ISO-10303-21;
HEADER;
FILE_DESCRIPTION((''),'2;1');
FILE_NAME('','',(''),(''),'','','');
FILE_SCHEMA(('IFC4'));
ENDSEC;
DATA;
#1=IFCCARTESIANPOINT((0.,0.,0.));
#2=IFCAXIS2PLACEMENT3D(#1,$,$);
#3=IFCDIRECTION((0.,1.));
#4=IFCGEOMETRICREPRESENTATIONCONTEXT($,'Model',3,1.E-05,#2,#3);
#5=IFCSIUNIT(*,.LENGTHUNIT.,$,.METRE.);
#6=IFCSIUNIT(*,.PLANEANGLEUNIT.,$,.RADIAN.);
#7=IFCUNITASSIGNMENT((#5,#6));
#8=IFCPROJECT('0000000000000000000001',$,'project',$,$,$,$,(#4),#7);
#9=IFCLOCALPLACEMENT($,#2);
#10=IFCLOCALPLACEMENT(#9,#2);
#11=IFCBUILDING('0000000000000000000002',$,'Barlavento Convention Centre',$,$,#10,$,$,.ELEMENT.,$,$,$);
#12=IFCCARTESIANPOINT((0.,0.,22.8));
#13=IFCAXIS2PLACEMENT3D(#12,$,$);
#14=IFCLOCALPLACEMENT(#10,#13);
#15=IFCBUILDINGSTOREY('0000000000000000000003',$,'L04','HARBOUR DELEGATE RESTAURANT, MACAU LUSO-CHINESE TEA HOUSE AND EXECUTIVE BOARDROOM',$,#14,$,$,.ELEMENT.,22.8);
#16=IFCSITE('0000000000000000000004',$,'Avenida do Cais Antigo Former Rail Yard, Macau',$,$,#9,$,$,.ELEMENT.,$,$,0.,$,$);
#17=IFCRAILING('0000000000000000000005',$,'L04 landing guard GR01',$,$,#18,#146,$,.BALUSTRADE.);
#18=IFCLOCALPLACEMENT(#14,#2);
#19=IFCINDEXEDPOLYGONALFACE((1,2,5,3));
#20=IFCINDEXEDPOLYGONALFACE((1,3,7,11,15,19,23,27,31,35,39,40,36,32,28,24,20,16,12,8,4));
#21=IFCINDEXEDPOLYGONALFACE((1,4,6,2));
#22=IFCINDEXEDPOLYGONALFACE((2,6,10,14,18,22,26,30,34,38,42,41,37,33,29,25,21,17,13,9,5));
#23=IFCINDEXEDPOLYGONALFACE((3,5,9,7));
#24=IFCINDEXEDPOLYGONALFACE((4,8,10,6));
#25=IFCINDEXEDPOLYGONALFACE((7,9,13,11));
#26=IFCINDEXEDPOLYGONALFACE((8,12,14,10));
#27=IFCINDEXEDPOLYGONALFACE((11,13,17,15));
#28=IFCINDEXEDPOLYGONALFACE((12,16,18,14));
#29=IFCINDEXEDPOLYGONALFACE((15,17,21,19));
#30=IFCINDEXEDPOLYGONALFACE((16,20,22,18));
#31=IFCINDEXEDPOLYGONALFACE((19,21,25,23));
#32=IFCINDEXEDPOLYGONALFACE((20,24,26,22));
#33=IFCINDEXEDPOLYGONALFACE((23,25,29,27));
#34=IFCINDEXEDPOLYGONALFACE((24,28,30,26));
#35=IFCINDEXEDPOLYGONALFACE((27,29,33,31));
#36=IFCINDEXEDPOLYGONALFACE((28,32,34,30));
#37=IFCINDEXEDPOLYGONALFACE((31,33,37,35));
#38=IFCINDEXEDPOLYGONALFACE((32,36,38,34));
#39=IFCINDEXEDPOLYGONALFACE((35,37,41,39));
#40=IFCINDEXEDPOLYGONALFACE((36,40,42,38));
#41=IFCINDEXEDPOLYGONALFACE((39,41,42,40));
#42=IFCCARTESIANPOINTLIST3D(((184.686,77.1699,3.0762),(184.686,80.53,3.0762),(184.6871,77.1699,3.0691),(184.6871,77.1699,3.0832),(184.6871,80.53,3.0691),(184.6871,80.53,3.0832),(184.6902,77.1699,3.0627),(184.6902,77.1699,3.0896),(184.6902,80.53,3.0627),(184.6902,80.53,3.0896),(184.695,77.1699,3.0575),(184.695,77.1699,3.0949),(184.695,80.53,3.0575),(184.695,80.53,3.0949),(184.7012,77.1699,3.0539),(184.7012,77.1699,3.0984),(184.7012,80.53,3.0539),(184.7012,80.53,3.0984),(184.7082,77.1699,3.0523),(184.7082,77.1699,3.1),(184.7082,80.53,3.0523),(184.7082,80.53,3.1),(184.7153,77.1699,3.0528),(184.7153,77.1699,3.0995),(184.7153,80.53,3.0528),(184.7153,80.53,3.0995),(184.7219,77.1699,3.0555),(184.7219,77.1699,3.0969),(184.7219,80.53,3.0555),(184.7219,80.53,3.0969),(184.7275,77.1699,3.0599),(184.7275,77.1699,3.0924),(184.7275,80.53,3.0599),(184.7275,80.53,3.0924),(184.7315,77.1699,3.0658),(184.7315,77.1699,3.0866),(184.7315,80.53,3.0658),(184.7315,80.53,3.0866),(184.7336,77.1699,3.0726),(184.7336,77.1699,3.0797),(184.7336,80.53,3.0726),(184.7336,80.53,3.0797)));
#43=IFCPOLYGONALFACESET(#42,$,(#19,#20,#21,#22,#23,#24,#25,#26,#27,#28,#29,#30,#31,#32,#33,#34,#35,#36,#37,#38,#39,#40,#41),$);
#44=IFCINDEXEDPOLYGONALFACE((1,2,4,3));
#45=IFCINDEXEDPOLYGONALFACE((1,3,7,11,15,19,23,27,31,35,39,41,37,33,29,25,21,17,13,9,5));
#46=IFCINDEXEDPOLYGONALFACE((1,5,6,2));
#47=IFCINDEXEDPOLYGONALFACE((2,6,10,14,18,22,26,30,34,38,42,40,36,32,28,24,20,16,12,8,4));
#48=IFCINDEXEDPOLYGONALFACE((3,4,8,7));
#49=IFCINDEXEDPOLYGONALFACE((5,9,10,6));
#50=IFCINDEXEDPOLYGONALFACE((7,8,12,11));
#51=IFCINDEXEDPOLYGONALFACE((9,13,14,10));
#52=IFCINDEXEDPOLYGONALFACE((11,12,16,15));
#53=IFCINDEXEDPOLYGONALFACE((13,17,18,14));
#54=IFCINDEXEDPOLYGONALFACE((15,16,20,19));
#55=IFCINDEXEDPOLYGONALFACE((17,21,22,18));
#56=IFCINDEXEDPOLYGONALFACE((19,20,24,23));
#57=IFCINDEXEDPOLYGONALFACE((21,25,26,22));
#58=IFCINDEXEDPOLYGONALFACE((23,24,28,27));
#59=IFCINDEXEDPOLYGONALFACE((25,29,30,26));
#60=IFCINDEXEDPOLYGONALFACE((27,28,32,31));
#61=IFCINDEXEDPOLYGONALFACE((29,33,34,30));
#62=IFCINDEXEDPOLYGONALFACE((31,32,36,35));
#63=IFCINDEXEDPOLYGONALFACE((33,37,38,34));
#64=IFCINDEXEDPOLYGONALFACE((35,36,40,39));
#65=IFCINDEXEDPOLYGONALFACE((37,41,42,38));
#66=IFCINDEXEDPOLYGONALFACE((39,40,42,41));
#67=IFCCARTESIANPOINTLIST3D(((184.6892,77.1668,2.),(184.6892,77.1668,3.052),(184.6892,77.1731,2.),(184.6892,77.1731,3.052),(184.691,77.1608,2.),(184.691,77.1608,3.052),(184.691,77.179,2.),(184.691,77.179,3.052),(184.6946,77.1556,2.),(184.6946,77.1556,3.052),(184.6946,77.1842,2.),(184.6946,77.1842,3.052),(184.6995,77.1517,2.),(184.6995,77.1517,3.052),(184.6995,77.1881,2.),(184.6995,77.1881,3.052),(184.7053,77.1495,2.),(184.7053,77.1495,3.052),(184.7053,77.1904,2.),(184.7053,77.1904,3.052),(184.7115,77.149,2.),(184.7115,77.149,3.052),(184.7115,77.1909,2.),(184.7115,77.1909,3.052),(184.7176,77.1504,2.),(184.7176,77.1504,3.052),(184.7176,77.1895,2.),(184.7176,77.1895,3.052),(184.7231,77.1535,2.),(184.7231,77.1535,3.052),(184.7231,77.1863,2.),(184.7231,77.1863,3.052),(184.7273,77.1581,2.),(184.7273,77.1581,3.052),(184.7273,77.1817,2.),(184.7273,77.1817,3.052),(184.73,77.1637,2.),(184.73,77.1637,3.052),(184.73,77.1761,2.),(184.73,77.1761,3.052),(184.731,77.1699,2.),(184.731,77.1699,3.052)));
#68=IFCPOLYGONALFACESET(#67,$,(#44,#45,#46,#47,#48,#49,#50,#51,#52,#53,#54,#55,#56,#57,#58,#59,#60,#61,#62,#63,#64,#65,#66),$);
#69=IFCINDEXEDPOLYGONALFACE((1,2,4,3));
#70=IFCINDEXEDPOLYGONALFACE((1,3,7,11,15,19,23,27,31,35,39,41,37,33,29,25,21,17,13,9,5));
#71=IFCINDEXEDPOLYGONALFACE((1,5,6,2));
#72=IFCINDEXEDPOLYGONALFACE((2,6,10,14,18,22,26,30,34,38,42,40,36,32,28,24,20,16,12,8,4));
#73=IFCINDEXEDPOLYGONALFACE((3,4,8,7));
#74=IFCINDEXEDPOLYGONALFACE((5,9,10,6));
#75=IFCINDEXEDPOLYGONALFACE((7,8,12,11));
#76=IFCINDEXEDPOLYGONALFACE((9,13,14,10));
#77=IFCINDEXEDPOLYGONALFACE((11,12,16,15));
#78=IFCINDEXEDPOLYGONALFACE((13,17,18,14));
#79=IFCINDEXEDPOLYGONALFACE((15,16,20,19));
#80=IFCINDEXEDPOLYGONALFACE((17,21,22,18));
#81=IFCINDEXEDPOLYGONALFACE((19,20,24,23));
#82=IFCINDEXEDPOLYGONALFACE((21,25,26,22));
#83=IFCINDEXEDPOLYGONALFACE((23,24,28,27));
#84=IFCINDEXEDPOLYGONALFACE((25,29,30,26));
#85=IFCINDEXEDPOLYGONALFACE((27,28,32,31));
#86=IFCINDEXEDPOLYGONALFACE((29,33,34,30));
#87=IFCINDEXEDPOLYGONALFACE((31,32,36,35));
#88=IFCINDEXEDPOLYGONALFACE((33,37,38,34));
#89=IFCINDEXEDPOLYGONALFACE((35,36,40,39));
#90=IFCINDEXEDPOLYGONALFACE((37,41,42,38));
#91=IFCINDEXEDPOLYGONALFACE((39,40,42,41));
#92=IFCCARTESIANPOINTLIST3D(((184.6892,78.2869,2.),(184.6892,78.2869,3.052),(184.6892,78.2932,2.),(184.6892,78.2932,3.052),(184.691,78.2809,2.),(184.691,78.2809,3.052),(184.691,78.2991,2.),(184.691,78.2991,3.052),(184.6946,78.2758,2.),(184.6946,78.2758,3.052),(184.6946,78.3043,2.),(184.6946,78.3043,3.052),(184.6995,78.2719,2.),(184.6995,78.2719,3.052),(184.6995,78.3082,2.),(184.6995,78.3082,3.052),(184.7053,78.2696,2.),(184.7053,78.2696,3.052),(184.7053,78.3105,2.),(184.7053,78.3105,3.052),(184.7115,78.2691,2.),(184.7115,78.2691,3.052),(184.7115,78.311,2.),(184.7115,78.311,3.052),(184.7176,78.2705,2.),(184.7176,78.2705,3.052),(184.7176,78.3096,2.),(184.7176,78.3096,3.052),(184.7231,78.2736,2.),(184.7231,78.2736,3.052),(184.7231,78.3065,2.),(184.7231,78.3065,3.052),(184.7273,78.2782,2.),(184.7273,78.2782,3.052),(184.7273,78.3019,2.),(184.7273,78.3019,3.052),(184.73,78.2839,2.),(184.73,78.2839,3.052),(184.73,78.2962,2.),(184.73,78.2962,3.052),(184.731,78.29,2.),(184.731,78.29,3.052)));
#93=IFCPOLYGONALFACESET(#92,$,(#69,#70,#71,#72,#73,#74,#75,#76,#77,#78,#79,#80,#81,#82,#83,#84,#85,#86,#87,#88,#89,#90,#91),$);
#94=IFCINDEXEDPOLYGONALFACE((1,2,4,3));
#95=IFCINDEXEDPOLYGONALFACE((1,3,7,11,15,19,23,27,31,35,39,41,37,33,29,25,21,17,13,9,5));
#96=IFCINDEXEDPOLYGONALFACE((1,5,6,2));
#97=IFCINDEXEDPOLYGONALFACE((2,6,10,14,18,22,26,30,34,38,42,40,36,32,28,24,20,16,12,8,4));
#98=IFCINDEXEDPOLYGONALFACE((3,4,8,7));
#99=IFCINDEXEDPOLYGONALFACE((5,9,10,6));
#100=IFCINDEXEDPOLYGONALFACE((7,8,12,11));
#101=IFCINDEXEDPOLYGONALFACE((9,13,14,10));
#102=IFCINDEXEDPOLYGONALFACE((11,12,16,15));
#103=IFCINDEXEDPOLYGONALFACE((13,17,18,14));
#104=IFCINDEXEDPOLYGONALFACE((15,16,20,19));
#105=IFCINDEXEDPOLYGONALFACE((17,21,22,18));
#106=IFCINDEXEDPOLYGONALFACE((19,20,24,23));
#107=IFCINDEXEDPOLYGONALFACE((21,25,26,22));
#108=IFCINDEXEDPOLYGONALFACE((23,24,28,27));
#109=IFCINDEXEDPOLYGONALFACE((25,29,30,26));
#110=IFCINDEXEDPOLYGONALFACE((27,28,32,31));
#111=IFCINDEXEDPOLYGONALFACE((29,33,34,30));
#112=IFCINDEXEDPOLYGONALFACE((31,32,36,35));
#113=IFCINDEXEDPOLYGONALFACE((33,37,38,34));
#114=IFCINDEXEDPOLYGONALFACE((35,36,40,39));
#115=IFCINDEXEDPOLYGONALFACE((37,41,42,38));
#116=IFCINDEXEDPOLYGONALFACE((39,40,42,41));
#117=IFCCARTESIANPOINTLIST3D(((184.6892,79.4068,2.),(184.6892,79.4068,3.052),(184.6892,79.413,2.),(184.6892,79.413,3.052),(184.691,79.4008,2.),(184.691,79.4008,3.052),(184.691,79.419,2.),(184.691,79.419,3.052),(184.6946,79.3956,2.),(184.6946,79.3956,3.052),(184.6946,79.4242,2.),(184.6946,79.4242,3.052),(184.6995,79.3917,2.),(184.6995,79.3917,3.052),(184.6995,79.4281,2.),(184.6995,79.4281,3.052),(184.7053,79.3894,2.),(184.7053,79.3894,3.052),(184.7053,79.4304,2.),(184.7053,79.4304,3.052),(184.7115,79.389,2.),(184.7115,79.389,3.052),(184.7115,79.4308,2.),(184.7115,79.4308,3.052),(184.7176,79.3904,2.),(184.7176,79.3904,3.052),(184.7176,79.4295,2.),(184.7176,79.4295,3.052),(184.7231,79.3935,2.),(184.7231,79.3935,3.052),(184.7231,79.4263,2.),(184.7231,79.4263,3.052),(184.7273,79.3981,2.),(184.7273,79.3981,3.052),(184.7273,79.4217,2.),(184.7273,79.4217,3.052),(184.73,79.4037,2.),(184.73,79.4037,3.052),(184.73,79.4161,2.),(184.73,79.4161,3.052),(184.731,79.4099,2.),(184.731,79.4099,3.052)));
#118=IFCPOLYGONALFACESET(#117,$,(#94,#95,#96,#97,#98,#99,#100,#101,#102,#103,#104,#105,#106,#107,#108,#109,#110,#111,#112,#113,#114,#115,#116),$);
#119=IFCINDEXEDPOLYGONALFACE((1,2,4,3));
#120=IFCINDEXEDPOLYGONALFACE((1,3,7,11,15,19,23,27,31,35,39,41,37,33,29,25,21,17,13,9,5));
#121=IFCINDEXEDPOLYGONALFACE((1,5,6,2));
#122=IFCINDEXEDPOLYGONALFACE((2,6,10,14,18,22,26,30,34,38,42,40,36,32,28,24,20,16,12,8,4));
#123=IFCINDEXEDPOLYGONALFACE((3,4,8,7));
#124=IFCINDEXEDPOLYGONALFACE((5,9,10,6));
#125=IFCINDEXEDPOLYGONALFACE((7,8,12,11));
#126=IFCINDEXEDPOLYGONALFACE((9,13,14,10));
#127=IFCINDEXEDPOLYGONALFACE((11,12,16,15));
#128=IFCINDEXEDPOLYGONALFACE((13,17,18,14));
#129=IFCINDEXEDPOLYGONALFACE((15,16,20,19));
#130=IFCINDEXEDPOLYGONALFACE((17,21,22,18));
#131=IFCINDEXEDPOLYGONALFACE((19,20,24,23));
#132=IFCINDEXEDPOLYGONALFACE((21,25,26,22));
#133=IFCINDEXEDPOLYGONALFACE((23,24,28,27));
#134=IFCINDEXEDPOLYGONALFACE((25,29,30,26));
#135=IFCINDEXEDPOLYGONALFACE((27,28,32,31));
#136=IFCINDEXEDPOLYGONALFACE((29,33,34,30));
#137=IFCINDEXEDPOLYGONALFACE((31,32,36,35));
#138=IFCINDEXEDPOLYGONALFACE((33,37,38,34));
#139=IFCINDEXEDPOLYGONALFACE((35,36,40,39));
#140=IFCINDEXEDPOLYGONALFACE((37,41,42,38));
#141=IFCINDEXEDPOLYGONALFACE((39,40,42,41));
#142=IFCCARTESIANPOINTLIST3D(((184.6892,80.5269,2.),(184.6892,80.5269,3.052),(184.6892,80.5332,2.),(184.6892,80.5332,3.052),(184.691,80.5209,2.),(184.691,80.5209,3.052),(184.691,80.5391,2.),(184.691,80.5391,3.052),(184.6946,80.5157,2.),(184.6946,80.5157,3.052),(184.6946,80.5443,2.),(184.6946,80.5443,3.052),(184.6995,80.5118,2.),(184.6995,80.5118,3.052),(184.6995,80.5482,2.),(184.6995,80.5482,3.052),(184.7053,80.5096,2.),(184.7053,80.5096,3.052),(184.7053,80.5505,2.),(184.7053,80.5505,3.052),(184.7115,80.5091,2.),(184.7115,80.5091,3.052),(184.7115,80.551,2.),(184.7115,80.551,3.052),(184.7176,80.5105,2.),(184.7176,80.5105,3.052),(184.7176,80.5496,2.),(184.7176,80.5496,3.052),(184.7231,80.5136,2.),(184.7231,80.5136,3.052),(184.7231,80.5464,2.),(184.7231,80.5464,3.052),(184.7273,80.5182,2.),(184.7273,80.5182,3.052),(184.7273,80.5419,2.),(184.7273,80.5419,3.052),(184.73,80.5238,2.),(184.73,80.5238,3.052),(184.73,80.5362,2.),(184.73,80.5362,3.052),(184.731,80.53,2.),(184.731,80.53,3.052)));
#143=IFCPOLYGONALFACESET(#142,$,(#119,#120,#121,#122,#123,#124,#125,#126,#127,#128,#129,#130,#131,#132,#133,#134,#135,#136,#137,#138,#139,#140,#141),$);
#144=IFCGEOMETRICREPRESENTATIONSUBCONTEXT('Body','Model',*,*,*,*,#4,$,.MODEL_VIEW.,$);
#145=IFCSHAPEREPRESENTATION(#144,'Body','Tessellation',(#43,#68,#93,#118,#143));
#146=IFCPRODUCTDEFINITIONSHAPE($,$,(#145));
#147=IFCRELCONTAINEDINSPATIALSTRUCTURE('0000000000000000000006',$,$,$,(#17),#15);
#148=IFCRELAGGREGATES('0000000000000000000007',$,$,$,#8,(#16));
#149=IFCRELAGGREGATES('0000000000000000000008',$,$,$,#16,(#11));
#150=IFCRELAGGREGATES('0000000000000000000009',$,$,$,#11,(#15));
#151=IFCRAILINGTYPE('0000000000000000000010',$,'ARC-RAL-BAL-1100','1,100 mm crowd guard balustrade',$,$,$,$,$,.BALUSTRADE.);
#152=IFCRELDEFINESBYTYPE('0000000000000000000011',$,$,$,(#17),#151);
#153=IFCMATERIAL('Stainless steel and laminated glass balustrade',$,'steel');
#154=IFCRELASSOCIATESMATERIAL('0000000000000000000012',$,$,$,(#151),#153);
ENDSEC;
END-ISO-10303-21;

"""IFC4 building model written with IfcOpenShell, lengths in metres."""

from ifc_helpers import new_model, si_unit, direction, frame, origin, origin_2d, place, context, subcontext, project, spatial, circle, extrude, material, type_object, element, save


model = new_model("IFC4")

# Units and contexts
model_context = context("Model", 3, precision=1e-05, world=origin(), true_north=direction((0.0, 1.0)))
body_context = subcontext(model_context, "Body", "Model", "MODEL_VIEW")
ifc_project = project(units=[si_unit("LENGTHUNIT", "METRE"), si_unit("PLANEANGLEUNIT", "RADIAN")], contexts=[model_context])

# Site, building, storey
site_placement = place(None, origin())
site = spatial("IfcSite", under=ifc_project, at=site_placement, Name="Avenida do Cais Antigo Former Rail Yard, Macau", CompositionType="ELEMENT", RefElevation=0.0)
building_placement = place(site_placement, origin())
building = spatial("IfcBuilding", under=site, at=building_placement, Name="Barlavento Convention Centre", CompositionType="ELEMENT")
storey_placement = place(building_placement, frame((0.0, 0.0, 22.8)))
storey = spatial("IfcBuildingStorey", under=building, at=storey_placement, Name="L04", Description="HARBOUR DELEGATE RESTAURANT, MACAU LUSO-CHINESE TEA HOUSE AND EXECUTIVE BOARDROOM", CompositionType="ELEMENT", Elevation=22.8)

# Railing
ifc_material_1 = material(Name="Stainless steel and laminated glass balustrade", Category="steel")
railing_type_1 = type_object("IfcRailingType", Name="ARC-RAL-BAL-1100", Description="1,100 mm crowd guard balustrade", PredefinedType="BALUSTRADE", material=ifc_material_1)
railing_1_placement = place(storey_placement, frame((184.71, 77.1699, 2.0)))
element("IfcRailing", 1, at=railing_1_placement, inside=storey, type_object=railing_type_1, Name="L04 landing guard GR01", PredefinedType="BALUSTRADE", context=body_context, shape_type="SweptSolid", body=[
    extrude(circle(Radius=0.0239, at=origin_2d()), frame((0.0, 0.0, 1.0762), z_axis=(0.0, 1.0, 0.0), x_axis=(-1.0, 0.0, 0.0)), (0.0, 0.0, 1.0), 3.3601),
    extrude(circle(Radius=0.021, at=origin_2d()), origin(), (0.0, 0.0, 1.0), 1.052),
    extrude(circle(Radius=0.021, at=origin_2d()), frame((0.0, 1.1201, 0.0)), (0.0, 0.0, 1.0), 1.052),
    extrude(circle(Radius=0.021, at=origin_2d()), frame((0.0, 2.24, 0.0)), (0.0, 0.0, 1.0), 1.052),
    extrude(circle(Radius=0.021, at=origin_2d()), frame((0.0, 3.3601, 0.0)), (0.0, 0.0, 1.0), 1.052),
])

save(model, "model.ifc")
